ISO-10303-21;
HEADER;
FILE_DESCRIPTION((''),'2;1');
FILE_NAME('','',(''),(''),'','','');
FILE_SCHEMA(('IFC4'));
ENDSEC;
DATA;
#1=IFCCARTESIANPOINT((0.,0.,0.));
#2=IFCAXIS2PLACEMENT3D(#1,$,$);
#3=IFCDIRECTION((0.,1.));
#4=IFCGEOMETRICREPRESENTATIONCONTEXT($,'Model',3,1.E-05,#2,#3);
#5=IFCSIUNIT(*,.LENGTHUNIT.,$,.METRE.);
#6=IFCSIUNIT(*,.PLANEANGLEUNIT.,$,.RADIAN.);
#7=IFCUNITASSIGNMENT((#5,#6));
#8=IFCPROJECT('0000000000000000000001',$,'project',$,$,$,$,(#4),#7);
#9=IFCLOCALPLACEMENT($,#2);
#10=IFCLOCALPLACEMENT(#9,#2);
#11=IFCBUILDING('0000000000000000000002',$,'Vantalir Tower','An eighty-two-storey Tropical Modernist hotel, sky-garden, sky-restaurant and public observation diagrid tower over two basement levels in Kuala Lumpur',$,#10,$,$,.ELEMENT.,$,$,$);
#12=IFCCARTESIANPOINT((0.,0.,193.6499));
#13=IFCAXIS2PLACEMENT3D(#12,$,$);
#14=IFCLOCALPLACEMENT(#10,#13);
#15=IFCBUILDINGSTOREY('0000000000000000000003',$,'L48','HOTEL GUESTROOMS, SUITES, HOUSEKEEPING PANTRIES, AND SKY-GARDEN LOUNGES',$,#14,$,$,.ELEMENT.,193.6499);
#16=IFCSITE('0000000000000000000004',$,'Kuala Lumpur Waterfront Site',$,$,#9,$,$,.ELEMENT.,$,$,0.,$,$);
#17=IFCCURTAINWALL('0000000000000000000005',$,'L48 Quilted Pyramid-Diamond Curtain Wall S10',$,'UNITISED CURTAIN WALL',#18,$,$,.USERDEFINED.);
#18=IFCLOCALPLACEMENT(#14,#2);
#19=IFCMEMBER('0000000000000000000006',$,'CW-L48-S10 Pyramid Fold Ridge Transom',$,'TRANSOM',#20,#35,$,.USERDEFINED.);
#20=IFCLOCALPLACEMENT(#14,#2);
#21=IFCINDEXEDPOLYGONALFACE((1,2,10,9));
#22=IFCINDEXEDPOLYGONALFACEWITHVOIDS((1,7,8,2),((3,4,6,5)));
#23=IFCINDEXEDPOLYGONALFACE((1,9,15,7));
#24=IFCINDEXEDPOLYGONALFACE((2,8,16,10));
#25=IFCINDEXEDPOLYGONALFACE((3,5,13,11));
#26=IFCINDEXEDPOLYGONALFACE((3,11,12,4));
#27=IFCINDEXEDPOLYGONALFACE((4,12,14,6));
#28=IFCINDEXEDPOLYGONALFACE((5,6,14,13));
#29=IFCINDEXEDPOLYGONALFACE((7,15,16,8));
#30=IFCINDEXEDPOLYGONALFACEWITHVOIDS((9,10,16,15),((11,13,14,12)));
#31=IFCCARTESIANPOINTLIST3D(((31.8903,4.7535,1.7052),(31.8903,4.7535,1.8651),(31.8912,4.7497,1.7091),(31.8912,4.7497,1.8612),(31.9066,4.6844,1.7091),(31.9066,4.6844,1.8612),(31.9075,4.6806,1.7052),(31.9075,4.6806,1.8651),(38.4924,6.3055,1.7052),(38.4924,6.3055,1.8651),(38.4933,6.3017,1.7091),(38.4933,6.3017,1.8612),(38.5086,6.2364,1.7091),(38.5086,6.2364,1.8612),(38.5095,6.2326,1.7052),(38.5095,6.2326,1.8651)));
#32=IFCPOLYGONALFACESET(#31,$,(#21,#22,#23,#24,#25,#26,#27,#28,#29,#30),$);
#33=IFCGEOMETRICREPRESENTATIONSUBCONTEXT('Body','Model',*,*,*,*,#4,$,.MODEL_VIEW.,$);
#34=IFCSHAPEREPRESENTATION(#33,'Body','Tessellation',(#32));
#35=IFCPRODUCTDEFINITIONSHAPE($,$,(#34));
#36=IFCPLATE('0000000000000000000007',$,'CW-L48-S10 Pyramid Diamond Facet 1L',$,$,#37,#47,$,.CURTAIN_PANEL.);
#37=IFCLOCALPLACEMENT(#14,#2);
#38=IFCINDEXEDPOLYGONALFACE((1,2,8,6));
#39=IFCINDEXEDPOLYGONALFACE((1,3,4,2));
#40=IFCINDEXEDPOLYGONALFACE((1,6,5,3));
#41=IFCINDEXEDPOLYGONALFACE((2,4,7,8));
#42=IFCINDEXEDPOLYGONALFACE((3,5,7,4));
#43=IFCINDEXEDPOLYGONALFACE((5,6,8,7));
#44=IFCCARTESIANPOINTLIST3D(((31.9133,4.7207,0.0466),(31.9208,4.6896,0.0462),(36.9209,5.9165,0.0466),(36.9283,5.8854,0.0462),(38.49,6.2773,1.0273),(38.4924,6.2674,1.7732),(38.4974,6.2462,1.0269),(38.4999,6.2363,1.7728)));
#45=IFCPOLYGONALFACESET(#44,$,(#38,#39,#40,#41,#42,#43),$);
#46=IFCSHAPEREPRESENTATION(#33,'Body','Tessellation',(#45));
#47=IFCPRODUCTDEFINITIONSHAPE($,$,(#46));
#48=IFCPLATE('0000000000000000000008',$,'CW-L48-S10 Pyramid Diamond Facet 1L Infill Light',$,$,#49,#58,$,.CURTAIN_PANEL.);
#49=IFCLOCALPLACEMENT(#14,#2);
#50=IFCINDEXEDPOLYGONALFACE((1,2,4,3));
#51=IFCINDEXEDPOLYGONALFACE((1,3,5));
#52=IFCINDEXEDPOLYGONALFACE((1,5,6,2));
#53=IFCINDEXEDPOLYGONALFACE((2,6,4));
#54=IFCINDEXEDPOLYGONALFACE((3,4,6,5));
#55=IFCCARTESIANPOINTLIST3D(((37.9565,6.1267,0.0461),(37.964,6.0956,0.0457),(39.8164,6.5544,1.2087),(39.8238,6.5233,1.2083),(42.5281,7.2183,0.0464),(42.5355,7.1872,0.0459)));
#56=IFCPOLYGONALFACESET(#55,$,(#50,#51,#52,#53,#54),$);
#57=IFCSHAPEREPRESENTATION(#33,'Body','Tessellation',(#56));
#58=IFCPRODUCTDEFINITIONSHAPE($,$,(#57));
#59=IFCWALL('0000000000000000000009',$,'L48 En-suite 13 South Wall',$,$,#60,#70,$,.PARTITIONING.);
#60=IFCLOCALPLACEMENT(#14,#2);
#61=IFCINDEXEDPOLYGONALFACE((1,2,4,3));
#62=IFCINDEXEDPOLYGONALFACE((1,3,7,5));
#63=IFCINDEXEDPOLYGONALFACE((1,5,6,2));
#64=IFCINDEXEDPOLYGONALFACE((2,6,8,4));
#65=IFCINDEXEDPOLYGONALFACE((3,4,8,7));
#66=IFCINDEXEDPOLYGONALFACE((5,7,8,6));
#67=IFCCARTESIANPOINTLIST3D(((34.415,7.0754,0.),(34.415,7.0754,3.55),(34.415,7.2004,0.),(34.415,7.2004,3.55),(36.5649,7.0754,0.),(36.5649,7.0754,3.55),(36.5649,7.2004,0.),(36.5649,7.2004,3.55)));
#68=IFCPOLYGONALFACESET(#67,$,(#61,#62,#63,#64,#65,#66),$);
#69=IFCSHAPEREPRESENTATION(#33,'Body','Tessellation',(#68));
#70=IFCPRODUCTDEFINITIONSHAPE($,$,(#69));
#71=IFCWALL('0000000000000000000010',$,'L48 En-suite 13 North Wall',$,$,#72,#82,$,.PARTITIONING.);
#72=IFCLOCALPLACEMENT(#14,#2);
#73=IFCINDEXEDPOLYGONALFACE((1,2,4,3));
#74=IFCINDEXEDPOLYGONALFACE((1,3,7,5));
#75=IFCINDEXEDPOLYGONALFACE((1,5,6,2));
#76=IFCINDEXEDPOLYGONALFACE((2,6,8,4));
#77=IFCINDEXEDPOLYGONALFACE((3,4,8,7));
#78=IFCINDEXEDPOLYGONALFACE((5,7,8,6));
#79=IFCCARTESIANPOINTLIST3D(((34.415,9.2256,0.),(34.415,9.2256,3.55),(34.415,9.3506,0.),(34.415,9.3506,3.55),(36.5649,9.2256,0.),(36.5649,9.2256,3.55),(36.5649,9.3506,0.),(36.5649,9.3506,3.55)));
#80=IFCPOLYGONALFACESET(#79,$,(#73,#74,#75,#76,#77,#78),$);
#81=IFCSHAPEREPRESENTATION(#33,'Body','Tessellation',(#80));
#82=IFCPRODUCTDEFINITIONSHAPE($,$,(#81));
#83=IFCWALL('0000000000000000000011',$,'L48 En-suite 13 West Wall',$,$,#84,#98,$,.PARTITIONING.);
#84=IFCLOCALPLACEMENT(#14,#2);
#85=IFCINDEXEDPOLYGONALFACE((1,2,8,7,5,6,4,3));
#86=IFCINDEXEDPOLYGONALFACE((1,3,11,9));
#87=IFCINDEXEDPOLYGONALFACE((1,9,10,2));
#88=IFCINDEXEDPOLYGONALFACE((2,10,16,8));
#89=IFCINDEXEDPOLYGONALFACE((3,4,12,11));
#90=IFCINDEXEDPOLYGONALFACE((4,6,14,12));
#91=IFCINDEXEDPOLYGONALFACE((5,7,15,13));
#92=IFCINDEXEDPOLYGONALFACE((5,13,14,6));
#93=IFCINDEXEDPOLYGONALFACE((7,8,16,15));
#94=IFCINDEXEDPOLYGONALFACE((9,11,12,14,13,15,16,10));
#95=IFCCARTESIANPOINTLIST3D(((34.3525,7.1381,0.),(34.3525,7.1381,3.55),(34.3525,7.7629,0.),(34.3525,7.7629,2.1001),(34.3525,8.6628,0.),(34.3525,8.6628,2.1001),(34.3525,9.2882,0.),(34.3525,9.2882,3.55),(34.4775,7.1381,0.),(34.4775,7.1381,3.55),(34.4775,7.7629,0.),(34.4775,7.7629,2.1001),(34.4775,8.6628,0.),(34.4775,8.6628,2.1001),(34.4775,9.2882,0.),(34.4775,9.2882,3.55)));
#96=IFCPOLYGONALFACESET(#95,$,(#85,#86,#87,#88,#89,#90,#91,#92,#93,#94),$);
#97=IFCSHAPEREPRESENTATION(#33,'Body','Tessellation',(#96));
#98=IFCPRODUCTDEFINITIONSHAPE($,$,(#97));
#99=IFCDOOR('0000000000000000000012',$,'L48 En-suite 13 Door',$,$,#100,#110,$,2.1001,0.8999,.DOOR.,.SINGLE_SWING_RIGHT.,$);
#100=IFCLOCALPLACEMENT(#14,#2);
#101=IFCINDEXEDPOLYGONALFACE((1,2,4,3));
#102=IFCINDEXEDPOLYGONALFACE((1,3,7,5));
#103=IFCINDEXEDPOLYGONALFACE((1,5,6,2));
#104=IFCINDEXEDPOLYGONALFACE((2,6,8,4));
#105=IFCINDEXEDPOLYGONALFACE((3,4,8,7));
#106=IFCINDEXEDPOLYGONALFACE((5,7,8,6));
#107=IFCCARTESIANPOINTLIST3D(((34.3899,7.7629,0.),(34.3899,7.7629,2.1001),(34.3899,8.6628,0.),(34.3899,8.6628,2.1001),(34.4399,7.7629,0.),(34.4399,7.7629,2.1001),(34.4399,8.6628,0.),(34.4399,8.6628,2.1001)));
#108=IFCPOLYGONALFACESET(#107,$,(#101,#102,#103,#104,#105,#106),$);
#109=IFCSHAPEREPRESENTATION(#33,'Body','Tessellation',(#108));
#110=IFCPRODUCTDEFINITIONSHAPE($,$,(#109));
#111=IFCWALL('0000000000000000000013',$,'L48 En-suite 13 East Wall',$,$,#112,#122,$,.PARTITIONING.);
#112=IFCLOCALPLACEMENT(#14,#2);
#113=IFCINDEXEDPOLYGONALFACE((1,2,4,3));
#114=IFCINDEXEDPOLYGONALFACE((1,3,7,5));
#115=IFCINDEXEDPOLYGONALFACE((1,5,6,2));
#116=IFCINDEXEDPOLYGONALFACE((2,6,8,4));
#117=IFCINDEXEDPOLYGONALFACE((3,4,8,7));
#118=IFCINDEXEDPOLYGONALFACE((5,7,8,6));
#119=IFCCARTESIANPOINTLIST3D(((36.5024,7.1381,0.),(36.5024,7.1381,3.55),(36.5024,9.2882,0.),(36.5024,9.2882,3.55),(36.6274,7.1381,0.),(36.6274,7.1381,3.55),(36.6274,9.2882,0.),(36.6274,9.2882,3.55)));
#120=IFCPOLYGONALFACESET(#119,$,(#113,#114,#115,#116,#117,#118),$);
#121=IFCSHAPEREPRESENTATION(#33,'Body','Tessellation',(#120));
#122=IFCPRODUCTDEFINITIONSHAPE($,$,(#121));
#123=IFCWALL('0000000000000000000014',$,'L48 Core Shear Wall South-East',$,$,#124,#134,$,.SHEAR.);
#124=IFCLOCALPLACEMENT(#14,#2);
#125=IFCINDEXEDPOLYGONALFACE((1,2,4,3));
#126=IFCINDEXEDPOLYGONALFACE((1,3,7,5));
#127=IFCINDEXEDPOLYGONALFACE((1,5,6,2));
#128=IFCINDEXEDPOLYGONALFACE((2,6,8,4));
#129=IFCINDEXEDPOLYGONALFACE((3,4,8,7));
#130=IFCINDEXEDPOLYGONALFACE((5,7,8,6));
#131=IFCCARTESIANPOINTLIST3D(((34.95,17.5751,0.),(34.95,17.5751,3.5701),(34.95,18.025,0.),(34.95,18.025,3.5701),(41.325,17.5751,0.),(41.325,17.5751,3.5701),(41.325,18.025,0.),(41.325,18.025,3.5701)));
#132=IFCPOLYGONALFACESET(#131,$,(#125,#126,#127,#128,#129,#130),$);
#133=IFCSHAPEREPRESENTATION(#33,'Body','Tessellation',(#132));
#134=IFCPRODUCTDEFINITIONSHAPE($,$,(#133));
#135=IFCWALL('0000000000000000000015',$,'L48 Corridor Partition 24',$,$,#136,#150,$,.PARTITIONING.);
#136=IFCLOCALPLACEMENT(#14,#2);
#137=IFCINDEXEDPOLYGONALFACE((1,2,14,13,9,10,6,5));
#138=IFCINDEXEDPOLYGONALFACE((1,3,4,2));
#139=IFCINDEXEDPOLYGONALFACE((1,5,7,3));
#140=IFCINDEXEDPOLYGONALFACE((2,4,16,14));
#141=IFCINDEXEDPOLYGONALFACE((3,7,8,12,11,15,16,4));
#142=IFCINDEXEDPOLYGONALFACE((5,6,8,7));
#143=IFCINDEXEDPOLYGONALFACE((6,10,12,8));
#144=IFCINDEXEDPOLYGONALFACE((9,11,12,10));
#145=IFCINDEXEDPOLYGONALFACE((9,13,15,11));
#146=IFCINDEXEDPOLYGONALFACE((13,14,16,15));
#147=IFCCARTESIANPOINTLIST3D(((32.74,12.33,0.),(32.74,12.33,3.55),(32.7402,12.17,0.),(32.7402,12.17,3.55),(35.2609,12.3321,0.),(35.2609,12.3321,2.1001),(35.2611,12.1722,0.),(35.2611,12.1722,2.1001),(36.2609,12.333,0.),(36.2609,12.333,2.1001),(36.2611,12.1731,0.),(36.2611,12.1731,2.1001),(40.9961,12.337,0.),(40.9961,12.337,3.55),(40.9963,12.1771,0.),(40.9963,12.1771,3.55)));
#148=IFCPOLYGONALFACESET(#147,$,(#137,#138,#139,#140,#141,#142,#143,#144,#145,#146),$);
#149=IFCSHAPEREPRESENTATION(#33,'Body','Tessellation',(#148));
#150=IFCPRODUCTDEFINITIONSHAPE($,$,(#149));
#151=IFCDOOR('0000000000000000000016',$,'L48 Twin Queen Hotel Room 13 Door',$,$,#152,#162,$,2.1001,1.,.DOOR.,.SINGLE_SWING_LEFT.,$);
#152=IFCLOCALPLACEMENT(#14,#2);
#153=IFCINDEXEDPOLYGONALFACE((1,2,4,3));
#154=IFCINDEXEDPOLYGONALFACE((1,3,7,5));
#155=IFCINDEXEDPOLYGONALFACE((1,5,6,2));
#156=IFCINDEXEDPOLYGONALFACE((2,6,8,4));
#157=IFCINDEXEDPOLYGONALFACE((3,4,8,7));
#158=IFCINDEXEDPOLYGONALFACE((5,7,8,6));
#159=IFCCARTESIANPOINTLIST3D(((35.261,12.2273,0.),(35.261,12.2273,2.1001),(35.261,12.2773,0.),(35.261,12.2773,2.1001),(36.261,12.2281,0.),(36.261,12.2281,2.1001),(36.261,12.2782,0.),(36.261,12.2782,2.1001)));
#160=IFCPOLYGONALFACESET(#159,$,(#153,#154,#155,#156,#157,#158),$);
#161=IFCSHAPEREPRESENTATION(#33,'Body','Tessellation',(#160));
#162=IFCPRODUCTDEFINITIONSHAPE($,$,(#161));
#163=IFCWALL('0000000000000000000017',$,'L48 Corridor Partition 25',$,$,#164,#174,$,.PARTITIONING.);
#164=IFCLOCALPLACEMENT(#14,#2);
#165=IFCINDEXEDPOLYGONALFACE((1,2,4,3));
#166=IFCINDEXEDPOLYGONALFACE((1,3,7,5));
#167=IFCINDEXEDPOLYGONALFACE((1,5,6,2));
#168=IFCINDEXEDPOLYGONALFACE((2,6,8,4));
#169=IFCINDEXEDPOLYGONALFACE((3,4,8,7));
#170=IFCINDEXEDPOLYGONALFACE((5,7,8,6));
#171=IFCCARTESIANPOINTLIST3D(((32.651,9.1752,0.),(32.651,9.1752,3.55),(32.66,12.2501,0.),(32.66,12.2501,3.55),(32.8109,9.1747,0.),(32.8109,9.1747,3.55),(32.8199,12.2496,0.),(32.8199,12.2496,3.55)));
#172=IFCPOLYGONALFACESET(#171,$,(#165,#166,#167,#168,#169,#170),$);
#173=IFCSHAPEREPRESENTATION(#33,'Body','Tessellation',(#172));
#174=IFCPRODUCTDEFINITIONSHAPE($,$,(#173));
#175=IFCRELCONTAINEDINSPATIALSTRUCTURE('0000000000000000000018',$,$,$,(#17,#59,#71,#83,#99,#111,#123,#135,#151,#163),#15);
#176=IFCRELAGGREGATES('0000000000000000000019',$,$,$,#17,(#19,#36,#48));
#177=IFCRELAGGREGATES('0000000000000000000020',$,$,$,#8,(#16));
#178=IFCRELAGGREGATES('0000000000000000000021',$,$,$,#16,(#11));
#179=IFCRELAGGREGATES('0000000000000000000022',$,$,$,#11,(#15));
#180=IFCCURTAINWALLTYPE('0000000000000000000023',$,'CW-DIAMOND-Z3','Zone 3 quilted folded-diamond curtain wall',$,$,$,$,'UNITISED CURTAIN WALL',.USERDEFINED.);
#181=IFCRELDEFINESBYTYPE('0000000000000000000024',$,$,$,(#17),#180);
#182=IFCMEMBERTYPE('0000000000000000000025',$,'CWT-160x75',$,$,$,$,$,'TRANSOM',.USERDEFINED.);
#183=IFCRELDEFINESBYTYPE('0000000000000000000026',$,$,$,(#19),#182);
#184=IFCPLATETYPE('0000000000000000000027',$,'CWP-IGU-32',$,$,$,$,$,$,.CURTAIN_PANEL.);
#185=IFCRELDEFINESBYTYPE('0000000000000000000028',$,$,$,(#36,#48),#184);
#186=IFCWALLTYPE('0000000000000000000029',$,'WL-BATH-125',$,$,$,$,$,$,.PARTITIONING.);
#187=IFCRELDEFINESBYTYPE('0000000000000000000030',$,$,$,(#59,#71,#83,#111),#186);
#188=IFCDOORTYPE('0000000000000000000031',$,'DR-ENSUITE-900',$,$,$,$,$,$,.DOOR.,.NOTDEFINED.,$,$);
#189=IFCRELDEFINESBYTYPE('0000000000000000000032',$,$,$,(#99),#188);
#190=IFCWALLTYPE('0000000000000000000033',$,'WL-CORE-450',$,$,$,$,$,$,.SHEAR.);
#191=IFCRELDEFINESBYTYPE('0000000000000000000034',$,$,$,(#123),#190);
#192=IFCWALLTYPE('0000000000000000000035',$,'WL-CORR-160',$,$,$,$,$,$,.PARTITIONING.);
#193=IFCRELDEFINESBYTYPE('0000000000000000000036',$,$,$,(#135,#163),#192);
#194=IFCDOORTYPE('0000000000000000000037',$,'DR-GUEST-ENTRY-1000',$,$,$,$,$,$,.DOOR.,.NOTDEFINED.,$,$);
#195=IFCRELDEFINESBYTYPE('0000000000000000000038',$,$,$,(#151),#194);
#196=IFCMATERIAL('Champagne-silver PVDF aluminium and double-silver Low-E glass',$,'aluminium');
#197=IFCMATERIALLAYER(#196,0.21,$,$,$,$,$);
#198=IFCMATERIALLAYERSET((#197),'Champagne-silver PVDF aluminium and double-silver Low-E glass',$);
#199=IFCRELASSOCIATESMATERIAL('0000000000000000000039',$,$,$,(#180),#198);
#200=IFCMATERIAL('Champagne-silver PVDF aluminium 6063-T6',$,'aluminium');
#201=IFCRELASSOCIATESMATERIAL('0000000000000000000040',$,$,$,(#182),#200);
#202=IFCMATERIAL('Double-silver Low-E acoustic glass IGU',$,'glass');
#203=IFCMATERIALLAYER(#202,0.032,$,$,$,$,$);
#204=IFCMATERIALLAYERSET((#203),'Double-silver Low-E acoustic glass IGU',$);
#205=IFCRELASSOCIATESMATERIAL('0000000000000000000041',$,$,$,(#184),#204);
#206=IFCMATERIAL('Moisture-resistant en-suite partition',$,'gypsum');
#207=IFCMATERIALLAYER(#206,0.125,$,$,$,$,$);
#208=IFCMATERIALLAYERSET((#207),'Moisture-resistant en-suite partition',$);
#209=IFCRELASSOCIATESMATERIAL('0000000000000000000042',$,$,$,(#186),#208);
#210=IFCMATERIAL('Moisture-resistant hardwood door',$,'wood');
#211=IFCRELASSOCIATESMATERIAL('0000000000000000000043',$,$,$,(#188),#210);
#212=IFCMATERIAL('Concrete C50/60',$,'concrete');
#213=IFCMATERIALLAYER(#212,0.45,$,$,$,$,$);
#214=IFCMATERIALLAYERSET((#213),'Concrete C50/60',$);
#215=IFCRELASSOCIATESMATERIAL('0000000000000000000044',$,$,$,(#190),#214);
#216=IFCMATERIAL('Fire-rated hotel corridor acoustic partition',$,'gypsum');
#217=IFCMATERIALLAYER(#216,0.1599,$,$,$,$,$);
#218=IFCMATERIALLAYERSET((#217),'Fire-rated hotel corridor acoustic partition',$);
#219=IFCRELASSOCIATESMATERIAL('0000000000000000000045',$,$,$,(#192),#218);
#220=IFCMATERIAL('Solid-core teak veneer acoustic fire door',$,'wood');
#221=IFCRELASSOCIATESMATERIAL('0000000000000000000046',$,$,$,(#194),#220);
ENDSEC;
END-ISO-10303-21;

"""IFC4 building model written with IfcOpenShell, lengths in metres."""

from ifc_helpers import new_model, si_unit, direction, frame, frame_2d, origin, origin_2d, place, context, subcontext, project, spatial, polyline, rectangle, hollow_rectangle, outline, extrude, material, layer, layer_set, material_profile, profile_set, type_object, element, fill, aggregate, save


model = new_model("IFC4")

# Units and contexts
model_context = context("Model", 3, precision=1e-05, world=origin(), true_north=direction((0.0, 1.0)))
body_context = subcontext(model_context, "Body", "Model", "MODEL_VIEW")
ifc_project = project(units=[si_unit("LENGTHUNIT", "METRE"), si_unit("PLANEANGLEUNIT", "RADIAN")], contexts=[model_context])

# Site, building, storey
site_placement = place(None, origin())
site = spatial("IfcSite", under=ifc_project, at=site_placement, Name="Kuala Lumpur Waterfront Site", CompositionType="ELEMENT", RefElevation=0.0)
building_placement = place(site_placement, origin())
building = spatial("IfcBuilding", under=site, at=building_placement, Name="Vantalir Tower", Description="An eighty-two-storey Tropical Modernist hotel, sky-garden, sky-restaurant and public observation diagrid tower over two basement levels in Kuala Lumpur", CompositionType="ELEMENT")
storey_placement = place(building_placement, frame((0.0, 0.0, 193.6499)))
storey = spatial("IfcBuildingStorey", under=building, at=storey_placement, Name="L48", Description="HOTEL GUESTROOMS, SUITES, HOUSEKEEPING PANTRIES, AND SKY-GARDEN LOUNGES", CompositionType="ELEMENT", Elevation=193.6499)

# Shared definitions
ifc_material_1 = material(Name="Concrete C50/60", Category="concrete")

# Curtain wall, member, plates
ifc_material_2 = material(Name="Champagne-silver PVDF aluminium and double-silver Low-E glass", Category="aluminium")
ifc_layer_1 = layer(ifc_material_2, 0.21)
ifc_layer_set_1 = layer_set([ifc_layer_1], Name="Champagne-silver PVDF aluminium and double-silver Low-E glass")
curtain_wall_type = type_object("IfcCurtainWallType", Name="CW-DIAMOND-Z3", Description="Zone 3 quilted folded-diamond curtain wall", ElementType="UNITISED CURTAIN WALL", PredefinedType="USERDEFINED", material=ifc_layer_set_1)
curtain_wall_placement = place(storey_placement, origin())
curtain_wall = element("IfcCurtainWall", 1, at=curtain_wall_placement, inside=storey, type_object=curtain_wall_type, Name="L48 Quilted Pyramid-Diamond Curtain Wall S10", ObjectType="UNITISED CURTAIN WALL", PredefinedType="USERDEFINED")
ifc_material_3 = material(Name="Champagne-silver PVDF aluminium 6063-T6", Category="aluminium")
ifc_material_profile_1 = material_profile(ifc_material_3, hollow_rectangle(XDim=0.075, YDim=0.1599, WallThickness=0.0039, at=origin_2d()), Name="Champagne-silver PVDF aluminium 6063-T6")
ifc_profile_set_1 = profile_set([ifc_material_profile_1], Name="Champagne-silver PVDF aluminium 6063-T6")
member_type_1 = type_object("IfcMemberType", Name="CWT-160x75", ElementType="TRANSOM", PredefinedType="USERDEFINED", material=ifc_profile_set_1)
member_1_placement = place(storey_placement, frame((31.8989, 4.717, 1.7852), z_axis=(0.973464, 0.228841, 0.0), x_axis=(-0.228841, 0.973464, 0.0)))
member_1 = element("IfcMember", 2, at=member_1_placement, type_object=member_type_1, Name="CW-L48-S10 Pyramid Fold Ridge Transom", ObjectType="TRANSOM", PredefinedType="USERDEFINED", context=body_context, shape_type="SweptSolid", body=[
    extrude(hollow_rectangle(XDim=0.075, YDim=0.1599, WallThickness=0.0039, at=origin_2d()), origin(), (0.0, 0.0, 1.0), 6.782),
])
ifc_material_4 = material(Name="Double-silver Low-E acoustic glass IGU", Category="glass")
ifc_layer_2 = layer(ifc_material_4, 0.032)
ifc_layer_set_2 = layer_set([ifc_layer_2], Name="Double-silver Low-E acoustic glass IGU")
plate_type = type_object("IfcPlateType", Name="CWP-IGU-32", PredefinedType="CURTAIN_PANEL", material=ifc_layer_set_2)
plate_1_placement = place(storey_placement, frame((31.9133, 4.7207, 0.0466), z_axis=(-0.232251, 0.972558, 0.013777), x_axis=(0.972651, 0.232273, 0.0)))
plate_1 = element("IfcPlate", 3, at=plate_1_placement, type_object=plate_type, Name="CW-L48-S10 Pyramid Diamond Facet 1L", PredefinedType="CURTAIN_PANEL", context=body_context, shape_type="SweptSolid", body=[
    extrude(outline(polyline([(0.0, 0.0), (5.1484, 0.0), (6.7584, -0.9808), (6.7584, -1.7267), (0.0, 0.0)])), origin(), (0.0, 0.0, -1.0), 0.032),
])
plate_2_placement = place(storey_placement, frame((37.9565, 6.1267, 0.0461), z_axis=(-0.232222, 0.972567, 0.013677), x_axis=(0.972658, 0.232243, 0.000052)))
plate_2 = element("IfcPlate", 4, at=plate_2_placement, type_object=plate_type, Name="CW-L48-S10 Pyramid Diamond Facet 1L Infill Light", PredefinedType="CURTAIN_PANEL", context=body_context, shape_type="SweptSolid", body=[
    extrude(outline(polyline([(0.0, 0.0), (4.7, 0.0), (1.9084, -1.1626), (0.0, 0.0)])), origin(), (0.0, 0.0, -1.0), 0.032),
])
aggregate(curtain_wall, [member_1, plate_1, plate_2])

# Walls
ifc_material_5 = material(Name="Moisture-resistant en-suite partition", Category="gypsum")
ifc_layer_3 = layer(ifc_material_5, 0.125)
ifc_layer_set_3 = layer_set([ifc_layer_3], Name="Moisture-resistant en-suite partition")
wall_type_1 = type_object("IfcWallType", Name="WL-BATH-125", PredefinedType="PARTITIONING", material=ifc_layer_set_3)
for number, where, z_axis, x_axis, name in (
    (5, (34.415, 7.1379, 0.0), (0.0, 0.0, 1.0), (1.0, 0.0, 0.0), "L48 En-suite 13 South Wall"),
    (6, (34.415, 9.2881, 0.0), (0.0, 0.0, 1.0), (1.0, 0.0, 0.0), "L48 En-suite 13 North Wall"),
):
    element("IfcWall", number, at=place(storey_placement, frame(where, z_axis=z_axis, x_axis=x_axis)), inside=storey, type_object=wall_type_1, Name=name, PredefinedType="PARTITIONING", context=body_context, shape_type="SweptSolid", body=[
        extrude(rectangle(XDim=2.1499, YDim=0.125, at=frame_2d((1.075, 0.0))), origin(), (0.0, 0.0, 1.0), 3.55),
    ])

# Wall, opening, door
wall_1_placement = place(storey_placement, frame((34.415, 7.1379, 0.0), z_axis=(0.0, 0.0, 1.0), x_axis=(0.0, 1.0, 0.0)))
wall_1 = element("IfcWall", 7, at=wall_1_placement, inside=storey, type_object=wall_type_1, Name="L48 En-suite 13 West Wall", PredefinedType="PARTITIONING", context=body_context, shape_type="SweptSolid", body=[
    extrude(rectangle(XDim=2.1501, YDim=0.125, at=frame_2d((1.0752, 0.0))), origin(), (0.0, 0.0, 1.0), 3.55),
])
opening_1_placement = place(wall_1_placement, frame((0.625, 0.0, 0.0)))
opening_1 = element("IfcOpeningElement", 8, at=opening_1_placement, cuts=wall_1, PredefinedType="OPENING", context=body_context, shape_type="SweptSolid", body=[
    extrude(rectangle(XDim=0.8999, YDim=2.1001, at=frame_2d((0.45, 1.05))), frame((0.0, 0.0725, 0.0), z_axis=(0.0, -1.0, 0.0), x_axis=(1.0, 0.0, 0.0)), (0.0, 0.0, 1.0), 0.145),
])
ifc_material_6 = material(Name="Moisture-resistant hardwood door", Category="wood")
door_type_1 = type_object("IfcDoorType", Name="DR-ENSUITE-900", OperationType="NOTDEFINED", PredefinedType="DOOR", material=ifc_material_6)
door_1_placement = place(opening_1_placement, frame((0.8999, 0.0, 0.0), z_axis=(0.0, 0.0, 1.0), x_axis=(-1.0, 0.0, 0.0)))
door_1 = element("IfcDoor", 9, at=door_1_placement, inside=storey, type_object=door_type_1, Name="L48 En-suite 13 Door", OperationType="SINGLE_SWING_RIGHT", OverallHeight=2.1001, OverallWidth=0.8999, PredefinedType="DOOR", context=body_context, shape_type="SweptSolid", body=[
    extrude(rectangle(XDim=0.8999, YDim=2.1001, at=frame_2d((0.45, 1.05))), frame((0.0, 0.0249, 0.0), z_axis=(0.0, -1.0, 0.0), x_axis=(1.0, 0.0, 0.0)), (0.0, 0.0, 1.0), 0.05),
])
fill(opening_1, door_1)

# Walls
wall_2_placement = place(storey_placement, frame((36.5649, 7.1379, 0.0), z_axis=(0.0, 0.0, 1.0), x_axis=(0.0, 1.0, 0.0)))
element("IfcWall", 10, at=wall_2_placement, inside=storey, type_object=wall_type_1, Name="L48 En-suite 13 East Wall", PredefinedType="PARTITIONING", context=body_context, shape_type="SweptSolid", body=[
    extrude(rectangle(XDim=2.1501, YDim=0.125, at=frame_2d((1.0752, 0.0))), origin(), (0.0, 0.0, 1.0), 3.55),
])
ifc_layer_4 = layer(ifc_material_1, 0.45)
ifc_layer_set_4 = layer_set([ifc_layer_4], Name="Concrete C50/60")
wall_type_2 = type_object("IfcWallType", Name="WL-CORE-450", PredefinedType="SHEAR", material=ifc_layer_set_4)
wall_3_placement = place(storey_placement, frame((34.95, 17.8, 0.0), z_axis=(0.0, 0.0, 1.0), x_axis=(1.0, 0.0, 0.0)))
element("IfcWall", 11, at=wall_3_placement, inside=storey, type_object=wall_type_2, Name="L48 Core Shear Wall South-East", PredefinedType="SHEAR", context=body_context, shape_type="SweptSolid", body=[
    extrude(rectangle(XDim=6.375, YDim=0.45, at=frame_2d((3.1875, 0.0))), origin(), (0.0, 0.0, 1.0), 3.5701),
])

# Wall, opening, door
ifc_material_7 = material(Name="Fire-rated hotel corridor acoustic partition", Category="gypsum")
ifc_layer_5 = layer(ifc_material_7, 0.1599)
ifc_layer_set_5 = layer_set([ifc_layer_5], Name="Fire-rated hotel corridor acoustic partition")
wall_type_3 = type_object("IfcWallType", Name="WL-CORR-160", PredefinedType="PARTITIONING", material=ifc_layer_set_5)
wall_4_placement = place(storey_placement, frame((40.9961, 12.2571, 0.0), z_axis=(0.0, 0.0, 1.0), x_axis=(-1.0, -0.000858, 0.0)))
wall_4 = element("IfcWall", 12, at=wall_4_placement, inside=storey, type_object=wall_type_3, Name="L48 Corridor Partition 24", PredefinedType="PARTITIONING", context=body_context, shape_type="SweptSolid", body=[
    extrude(rectangle(XDim=8.2561, YDim=0.1599, at=frame_2d((4.1279, 0.0))), origin(), (0.0, 0.0, 1.0), 3.55),
])
opening_2_placement = place(wall_4_placement, frame((4.7351, 0.0, 0.0)))
opening_2 = element("IfcOpeningElement", 13, at=opening_2_placement, cuts=wall_4, PredefinedType="OPENING", context=body_context, shape_type="SweptSolid", body=[
    extrude(rectangle(XDim=1.0, YDim=2.1001, at=frame_2d((0.5, 1.05))), frame((0.0, 0.0898, 0.0), z_axis=(0.0, -1.0, 0.0), x_axis=(1.0, 0.0, 0.0)), (0.0, 0.0, 1.0), 0.1799),
])
ifc_material_8 = material(Name="Solid-core teak veneer acoustic fire door", Category="wood")
door_type_2 = type_object("IfcDoorType", Name="DR-GUEST-ENTRY-1000", OperationType="NOTDEFINED", PredefinedType="DOOR", material=ifc_material_8)
door_2_placement = place(opening_2_placement, origin())
door_2 = element("IfcDoor", 14, at=door_2_placement, inside=storey, type_object=door_type_2, Name="L48 Twin Queen Hotel Room 13 Door", OperationType="SINGLE_SWING_LEFT", OverallHeight=2.1001, OverallWidth=1.0, PredefinedType="DOOR", context=body_context, shape_type="SweptSolid", body=[
    extrude(rectangle(XDim=1.0, YDim=2.1001, at=frame_2d((0.5, 1.05))), frame((0.0, 0.0249, 0.0), z_axis=(0.0, -1.0, 0.0), x_axis=(1.0, 0.0, 0.0)), (0.0, 0.0, 1.0), 0.05),
])
fill(opening_2, door_2)

# Wall
wall_5_placement = place(storey_placement, frame((32.74, 12.25, 0.0), z_axis=(0.0, 0.0, 1.0), x_axis=(-0.002938, -0.999996, 0.0)))
element("IfcWall", 15, at=wall_5_placement, inside=storey, type_object=wall_type_3, Name="L48 Corridor Partition 25", PredefinedType="PARTITIONING", context=body_context, shape_type="SweptSolid", body=[
    extrude(rectangle(XDim=3.075, YDim=0.1599, at=frame_2d((1.5376, 0.0))), origin(), (0.0, 0.0, 1.0), 3.55),
])

save(model, "model.ifc")
